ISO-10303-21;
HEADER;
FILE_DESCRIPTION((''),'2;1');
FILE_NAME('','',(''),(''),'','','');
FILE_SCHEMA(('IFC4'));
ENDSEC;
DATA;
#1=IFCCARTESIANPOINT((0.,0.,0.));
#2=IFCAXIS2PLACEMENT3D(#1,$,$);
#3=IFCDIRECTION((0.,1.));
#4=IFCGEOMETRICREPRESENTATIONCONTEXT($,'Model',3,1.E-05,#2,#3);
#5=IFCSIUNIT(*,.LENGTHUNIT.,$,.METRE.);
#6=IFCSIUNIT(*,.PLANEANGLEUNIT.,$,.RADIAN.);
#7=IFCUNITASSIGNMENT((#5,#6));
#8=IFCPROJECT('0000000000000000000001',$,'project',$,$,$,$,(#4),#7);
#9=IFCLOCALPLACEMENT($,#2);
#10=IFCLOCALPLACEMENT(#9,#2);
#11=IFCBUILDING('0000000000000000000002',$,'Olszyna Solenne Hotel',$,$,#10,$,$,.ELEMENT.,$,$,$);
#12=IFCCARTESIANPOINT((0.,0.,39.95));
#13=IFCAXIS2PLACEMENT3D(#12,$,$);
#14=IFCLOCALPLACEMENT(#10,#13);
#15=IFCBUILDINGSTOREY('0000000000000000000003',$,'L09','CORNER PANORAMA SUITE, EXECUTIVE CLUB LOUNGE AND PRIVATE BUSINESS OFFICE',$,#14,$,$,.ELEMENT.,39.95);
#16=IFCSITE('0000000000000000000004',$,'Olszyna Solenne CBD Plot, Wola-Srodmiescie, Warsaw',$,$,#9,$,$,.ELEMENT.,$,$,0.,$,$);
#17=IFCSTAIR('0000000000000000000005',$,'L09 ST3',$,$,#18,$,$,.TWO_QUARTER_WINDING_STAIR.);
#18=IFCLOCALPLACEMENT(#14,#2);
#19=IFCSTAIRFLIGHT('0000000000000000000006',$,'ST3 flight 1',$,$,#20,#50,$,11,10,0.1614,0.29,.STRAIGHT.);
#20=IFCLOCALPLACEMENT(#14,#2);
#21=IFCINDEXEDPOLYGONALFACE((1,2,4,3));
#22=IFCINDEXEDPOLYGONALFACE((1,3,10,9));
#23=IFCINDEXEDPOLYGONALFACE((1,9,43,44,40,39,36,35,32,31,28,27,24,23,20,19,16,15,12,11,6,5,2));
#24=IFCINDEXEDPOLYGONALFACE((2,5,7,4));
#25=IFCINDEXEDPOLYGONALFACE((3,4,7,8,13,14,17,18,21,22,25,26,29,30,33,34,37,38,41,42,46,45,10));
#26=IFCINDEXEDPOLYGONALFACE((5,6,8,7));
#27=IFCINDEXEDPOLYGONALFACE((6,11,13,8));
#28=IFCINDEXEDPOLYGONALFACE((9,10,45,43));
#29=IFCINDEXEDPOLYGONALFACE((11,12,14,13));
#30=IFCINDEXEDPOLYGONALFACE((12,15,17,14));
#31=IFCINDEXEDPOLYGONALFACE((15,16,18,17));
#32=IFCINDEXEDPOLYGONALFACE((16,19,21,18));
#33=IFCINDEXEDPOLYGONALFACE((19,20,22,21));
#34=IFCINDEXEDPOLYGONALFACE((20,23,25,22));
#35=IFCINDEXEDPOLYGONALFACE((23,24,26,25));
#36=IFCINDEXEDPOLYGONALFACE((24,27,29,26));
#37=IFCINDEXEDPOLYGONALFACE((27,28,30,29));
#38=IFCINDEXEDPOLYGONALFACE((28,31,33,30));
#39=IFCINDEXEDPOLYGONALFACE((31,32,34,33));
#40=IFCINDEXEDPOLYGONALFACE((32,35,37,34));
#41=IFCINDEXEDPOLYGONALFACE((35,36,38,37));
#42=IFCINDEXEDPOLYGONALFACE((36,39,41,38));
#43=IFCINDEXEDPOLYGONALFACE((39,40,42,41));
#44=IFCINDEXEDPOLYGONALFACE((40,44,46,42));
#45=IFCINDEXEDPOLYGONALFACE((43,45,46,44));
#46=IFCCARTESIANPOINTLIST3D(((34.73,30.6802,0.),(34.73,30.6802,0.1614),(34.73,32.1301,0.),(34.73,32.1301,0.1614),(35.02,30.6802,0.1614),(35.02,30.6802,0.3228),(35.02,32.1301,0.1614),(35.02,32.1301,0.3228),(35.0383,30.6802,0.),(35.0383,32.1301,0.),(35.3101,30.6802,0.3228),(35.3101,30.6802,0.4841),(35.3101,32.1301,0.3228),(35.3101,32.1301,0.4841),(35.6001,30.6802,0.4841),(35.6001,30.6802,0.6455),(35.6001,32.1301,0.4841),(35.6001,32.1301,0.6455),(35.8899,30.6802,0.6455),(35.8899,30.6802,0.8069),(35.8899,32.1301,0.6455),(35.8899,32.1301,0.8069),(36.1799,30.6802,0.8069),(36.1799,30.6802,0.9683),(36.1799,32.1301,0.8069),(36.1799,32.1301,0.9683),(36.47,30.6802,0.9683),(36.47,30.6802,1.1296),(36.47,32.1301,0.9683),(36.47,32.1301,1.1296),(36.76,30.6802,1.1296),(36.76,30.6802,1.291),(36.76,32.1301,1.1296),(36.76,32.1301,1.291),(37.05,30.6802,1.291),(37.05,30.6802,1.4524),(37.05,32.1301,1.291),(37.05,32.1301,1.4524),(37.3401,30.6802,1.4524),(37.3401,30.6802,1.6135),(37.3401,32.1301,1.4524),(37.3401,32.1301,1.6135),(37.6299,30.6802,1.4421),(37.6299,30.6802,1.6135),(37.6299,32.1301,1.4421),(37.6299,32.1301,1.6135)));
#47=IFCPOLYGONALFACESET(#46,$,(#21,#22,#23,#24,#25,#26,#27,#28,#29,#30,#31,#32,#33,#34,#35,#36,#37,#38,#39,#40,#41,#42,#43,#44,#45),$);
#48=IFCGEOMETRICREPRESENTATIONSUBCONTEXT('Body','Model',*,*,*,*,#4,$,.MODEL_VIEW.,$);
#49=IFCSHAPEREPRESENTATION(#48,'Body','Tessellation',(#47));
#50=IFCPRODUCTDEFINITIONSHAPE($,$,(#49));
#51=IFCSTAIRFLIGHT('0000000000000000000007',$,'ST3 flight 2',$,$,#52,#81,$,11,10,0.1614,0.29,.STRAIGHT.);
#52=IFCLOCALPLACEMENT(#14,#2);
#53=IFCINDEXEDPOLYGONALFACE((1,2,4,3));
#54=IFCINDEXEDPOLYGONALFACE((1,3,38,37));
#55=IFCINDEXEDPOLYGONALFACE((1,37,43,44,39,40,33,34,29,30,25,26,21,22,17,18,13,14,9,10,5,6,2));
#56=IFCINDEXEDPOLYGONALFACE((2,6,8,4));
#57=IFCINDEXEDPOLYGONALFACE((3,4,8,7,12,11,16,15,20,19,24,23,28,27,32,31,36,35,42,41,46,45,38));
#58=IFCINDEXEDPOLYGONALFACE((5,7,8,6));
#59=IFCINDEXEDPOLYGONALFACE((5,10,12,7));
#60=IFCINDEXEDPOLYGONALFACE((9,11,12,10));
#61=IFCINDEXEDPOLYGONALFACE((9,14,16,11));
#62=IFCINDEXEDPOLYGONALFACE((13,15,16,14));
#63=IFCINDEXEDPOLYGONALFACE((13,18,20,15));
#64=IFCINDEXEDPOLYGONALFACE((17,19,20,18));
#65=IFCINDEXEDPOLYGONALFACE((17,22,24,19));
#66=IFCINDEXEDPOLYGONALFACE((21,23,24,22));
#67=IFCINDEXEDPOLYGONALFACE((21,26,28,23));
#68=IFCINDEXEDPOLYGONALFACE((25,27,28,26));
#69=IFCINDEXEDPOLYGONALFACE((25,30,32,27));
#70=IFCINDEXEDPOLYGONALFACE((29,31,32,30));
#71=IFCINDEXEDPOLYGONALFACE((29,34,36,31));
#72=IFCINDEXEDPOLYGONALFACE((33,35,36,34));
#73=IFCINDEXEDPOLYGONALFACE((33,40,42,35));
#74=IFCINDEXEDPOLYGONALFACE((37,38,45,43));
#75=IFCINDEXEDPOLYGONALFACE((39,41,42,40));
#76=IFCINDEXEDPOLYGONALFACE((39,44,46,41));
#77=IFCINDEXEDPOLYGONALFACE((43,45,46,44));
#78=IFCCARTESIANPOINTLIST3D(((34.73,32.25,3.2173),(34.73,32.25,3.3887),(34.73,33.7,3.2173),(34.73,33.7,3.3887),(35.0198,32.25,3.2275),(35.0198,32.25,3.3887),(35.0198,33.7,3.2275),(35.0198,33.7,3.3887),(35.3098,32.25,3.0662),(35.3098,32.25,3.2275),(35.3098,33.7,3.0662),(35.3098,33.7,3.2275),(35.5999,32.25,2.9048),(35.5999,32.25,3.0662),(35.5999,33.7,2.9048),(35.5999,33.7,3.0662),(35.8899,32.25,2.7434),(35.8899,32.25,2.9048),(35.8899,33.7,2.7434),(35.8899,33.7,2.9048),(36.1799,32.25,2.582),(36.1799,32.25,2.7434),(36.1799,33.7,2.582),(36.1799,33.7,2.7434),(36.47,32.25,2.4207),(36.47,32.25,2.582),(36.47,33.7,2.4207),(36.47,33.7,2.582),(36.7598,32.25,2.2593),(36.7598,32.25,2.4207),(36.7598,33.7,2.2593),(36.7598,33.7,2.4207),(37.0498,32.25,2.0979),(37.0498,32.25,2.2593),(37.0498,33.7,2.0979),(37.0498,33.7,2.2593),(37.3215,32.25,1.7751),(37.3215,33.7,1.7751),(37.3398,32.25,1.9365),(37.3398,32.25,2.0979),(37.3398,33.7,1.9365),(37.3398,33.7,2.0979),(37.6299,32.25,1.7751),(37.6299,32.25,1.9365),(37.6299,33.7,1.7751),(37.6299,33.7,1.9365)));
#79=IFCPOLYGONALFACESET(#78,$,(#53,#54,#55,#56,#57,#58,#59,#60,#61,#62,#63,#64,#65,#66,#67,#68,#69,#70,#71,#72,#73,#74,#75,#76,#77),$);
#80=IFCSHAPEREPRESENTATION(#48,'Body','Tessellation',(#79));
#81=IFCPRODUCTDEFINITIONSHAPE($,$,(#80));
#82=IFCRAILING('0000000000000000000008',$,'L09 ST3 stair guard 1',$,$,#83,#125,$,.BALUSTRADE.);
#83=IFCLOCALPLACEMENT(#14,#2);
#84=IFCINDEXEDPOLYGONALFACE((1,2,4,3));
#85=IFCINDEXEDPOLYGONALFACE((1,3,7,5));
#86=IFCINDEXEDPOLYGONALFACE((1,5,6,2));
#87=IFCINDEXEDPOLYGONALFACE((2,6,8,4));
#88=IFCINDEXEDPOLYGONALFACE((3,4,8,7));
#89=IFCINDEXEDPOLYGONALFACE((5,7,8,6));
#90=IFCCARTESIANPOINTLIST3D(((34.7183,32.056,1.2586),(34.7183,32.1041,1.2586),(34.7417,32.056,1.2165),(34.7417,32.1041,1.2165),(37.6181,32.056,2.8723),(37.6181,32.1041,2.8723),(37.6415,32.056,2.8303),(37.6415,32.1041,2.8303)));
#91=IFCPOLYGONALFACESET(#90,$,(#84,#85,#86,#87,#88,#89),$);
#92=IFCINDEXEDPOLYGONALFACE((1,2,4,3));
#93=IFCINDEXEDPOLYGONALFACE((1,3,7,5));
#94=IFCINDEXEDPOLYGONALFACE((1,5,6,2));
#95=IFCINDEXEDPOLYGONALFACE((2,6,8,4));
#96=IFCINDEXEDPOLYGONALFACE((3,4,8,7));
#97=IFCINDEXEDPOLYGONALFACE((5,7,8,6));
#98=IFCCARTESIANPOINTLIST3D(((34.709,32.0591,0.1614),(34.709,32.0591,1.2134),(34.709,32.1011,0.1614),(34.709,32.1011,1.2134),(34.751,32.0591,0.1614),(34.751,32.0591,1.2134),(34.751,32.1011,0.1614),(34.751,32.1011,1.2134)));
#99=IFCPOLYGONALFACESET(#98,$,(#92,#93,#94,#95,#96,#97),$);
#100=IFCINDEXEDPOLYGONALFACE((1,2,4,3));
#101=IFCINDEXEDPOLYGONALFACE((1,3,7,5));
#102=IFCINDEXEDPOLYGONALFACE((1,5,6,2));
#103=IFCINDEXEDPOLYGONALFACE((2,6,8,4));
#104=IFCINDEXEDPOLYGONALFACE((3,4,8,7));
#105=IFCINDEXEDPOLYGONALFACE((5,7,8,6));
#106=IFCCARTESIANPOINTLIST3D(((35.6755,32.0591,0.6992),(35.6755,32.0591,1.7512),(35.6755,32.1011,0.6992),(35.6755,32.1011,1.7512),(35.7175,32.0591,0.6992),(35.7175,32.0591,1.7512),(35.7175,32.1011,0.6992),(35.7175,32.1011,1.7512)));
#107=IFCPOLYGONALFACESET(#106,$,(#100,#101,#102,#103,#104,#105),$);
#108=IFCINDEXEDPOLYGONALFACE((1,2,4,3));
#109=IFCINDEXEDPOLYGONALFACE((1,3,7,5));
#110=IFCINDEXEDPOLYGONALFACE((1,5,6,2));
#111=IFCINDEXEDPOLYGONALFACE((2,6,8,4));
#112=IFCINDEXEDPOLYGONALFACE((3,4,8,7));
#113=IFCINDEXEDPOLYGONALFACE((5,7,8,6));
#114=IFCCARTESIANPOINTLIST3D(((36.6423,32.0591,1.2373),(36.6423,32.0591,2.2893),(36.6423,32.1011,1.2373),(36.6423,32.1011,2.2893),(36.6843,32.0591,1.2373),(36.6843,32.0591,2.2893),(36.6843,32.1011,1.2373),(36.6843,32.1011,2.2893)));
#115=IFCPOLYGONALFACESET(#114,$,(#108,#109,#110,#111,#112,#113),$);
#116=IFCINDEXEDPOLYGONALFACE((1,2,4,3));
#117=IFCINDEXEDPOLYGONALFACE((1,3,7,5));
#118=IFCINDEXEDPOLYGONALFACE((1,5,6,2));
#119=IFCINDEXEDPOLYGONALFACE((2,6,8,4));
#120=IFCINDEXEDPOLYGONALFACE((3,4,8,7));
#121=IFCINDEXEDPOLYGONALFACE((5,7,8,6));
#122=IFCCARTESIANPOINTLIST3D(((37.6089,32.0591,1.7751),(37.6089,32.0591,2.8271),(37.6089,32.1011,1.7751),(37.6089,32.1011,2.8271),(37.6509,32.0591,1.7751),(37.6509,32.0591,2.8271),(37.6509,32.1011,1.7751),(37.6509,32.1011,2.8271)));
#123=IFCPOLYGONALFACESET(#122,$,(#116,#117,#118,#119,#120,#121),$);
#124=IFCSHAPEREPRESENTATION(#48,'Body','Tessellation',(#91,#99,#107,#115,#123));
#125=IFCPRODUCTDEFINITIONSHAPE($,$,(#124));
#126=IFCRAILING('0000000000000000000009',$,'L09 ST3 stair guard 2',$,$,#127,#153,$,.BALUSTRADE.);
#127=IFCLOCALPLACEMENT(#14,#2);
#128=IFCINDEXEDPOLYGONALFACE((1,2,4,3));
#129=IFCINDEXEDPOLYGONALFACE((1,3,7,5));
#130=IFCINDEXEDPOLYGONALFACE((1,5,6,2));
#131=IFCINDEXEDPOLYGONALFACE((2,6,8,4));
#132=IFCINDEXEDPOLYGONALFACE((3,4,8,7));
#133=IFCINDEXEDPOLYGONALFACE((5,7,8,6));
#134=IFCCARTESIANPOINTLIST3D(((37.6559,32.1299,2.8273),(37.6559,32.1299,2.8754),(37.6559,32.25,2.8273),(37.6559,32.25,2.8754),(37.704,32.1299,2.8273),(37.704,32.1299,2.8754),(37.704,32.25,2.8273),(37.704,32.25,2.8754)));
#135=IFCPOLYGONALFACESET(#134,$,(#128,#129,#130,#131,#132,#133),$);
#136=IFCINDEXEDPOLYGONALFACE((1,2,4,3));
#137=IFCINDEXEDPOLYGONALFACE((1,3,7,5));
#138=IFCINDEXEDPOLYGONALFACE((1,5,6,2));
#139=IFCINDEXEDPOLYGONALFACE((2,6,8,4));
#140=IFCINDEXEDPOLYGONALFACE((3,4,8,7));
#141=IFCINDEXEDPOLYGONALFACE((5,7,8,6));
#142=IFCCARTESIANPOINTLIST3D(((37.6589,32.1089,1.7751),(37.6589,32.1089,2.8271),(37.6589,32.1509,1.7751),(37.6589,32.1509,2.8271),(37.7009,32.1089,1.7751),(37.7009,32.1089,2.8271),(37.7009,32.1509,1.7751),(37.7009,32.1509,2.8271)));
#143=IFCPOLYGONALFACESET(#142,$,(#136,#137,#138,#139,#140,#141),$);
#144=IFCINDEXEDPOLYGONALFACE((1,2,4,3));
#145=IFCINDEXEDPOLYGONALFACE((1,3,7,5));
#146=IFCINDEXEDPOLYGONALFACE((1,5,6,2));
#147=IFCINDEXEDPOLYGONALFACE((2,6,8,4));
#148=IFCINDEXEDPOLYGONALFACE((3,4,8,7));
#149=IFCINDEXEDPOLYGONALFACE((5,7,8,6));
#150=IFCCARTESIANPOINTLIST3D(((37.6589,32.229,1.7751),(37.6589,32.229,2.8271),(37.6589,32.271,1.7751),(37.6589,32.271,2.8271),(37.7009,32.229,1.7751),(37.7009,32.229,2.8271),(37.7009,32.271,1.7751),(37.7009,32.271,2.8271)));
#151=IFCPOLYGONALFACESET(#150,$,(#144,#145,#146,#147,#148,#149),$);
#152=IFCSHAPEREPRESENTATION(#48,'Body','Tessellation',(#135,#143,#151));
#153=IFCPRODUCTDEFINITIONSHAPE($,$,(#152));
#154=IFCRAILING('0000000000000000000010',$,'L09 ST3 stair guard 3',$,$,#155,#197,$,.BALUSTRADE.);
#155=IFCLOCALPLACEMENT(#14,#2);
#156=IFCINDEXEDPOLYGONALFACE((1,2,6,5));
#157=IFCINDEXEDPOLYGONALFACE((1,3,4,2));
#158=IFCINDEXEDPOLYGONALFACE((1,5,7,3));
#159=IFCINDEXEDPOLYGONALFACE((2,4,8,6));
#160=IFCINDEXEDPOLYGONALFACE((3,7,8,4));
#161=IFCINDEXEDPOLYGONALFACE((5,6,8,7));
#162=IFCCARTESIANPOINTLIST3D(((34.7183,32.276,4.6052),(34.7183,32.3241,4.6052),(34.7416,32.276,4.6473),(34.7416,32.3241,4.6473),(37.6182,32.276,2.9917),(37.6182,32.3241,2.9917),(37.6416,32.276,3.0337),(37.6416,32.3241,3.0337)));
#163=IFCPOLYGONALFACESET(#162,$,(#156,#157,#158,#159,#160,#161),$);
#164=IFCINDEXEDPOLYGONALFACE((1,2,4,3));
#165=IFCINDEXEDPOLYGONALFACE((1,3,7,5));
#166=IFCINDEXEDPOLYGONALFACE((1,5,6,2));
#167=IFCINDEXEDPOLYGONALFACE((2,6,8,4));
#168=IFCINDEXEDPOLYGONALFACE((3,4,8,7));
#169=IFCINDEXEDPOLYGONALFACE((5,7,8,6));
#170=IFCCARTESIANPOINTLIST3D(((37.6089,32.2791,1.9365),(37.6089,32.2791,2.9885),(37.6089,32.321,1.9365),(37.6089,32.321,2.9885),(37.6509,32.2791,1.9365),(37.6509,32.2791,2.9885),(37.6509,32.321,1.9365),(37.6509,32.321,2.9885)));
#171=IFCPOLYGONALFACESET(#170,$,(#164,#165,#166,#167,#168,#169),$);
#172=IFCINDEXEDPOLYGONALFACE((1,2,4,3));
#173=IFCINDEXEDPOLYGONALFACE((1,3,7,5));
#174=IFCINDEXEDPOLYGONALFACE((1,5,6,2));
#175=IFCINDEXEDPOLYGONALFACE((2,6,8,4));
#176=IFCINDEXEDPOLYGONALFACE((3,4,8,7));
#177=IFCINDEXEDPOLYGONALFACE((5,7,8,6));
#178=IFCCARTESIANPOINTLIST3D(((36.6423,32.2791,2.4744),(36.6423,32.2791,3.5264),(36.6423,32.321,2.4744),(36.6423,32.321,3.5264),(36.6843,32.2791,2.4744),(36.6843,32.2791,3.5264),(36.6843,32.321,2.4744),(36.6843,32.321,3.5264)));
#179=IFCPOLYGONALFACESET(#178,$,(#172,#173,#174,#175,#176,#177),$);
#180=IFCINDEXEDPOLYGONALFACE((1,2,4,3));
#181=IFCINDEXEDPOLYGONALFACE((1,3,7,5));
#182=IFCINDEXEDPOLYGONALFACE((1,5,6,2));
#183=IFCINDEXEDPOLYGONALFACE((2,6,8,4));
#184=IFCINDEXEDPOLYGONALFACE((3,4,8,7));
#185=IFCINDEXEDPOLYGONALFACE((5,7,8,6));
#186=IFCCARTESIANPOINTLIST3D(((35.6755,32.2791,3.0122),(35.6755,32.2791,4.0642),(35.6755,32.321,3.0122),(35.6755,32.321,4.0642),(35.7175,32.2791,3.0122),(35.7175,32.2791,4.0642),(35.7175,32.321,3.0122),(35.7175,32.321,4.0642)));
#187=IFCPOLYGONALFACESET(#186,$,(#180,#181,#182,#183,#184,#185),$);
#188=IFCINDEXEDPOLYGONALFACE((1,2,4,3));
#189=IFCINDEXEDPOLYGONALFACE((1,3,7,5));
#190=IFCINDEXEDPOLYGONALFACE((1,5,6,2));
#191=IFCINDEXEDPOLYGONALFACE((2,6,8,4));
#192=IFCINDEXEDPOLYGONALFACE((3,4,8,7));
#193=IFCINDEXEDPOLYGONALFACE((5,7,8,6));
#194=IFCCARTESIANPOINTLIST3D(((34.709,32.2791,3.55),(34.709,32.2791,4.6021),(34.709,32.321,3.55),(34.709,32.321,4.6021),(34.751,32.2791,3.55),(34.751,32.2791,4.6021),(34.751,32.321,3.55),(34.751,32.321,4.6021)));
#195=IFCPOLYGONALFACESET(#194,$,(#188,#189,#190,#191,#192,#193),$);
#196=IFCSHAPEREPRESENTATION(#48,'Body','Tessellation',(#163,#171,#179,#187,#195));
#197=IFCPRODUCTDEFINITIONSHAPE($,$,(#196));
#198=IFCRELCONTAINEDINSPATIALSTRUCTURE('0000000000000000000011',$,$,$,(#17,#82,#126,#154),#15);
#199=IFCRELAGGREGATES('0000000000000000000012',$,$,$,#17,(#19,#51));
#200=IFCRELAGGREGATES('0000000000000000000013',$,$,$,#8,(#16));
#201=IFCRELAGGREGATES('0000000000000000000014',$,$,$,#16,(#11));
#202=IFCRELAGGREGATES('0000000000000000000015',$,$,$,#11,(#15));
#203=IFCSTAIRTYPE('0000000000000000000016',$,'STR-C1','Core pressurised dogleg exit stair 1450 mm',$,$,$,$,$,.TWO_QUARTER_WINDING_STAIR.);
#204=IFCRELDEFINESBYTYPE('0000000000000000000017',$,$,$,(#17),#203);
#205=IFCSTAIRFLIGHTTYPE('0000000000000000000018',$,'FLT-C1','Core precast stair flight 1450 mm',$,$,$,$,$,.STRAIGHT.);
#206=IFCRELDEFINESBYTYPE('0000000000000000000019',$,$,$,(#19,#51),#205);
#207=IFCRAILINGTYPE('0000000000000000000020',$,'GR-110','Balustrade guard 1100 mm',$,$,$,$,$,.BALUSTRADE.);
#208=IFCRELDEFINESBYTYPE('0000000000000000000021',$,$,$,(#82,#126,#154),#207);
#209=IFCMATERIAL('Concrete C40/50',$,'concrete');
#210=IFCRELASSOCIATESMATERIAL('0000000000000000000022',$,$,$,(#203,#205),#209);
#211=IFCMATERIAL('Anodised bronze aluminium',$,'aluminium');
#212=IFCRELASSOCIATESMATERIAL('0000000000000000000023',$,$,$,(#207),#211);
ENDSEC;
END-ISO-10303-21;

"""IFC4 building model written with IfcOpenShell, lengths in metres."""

from ifc_helpers import new_model, si_unit, direction, frame, origin, origin_2d, place, context, subcontext, project, spatial, polyline, rectangle, outline, extrude, material, type_object, element, aggregate, save


model = new_model("IFC4")

# Units and contexts
model_context = context("Model", 3, precision=1e-05, world=origin(), true_north=direction((0.0, 1.0)))
body_context = subcontext(model_context, "Body", "Model", "MODEL_VIEW")
ifc_project = project(units=[si_unit("LENGTHUNIT", "METRE"), si_unit("PLANEANGLEUNIT", "RADIAN")], contexts=[model_context])

# Site, building, storey
site_placement = place(None, origin())
site = spatial("IfcSite", under=ifc_project, at=site_placement, Name="Olszyna Solenne CBD Plot, Wola-Srodmiescie, Warsaw", CompositionType="ELEMENT", RefElevation=0.0)
building_placement = place(site_placement, origin())
building = spatial("IfcBuilding", under=site, at=building_placement, Name="Olszyna Solenne Hotel", CompositionType="ELEMENT")
storey_placement = place(building_placement, frame((0.0, 0.0, 39.95)))
storey = spatial("IfcBuildingStorey", under=building, at=storey_placement, Name="L09", Description="CORNER PANORAMA SUITE, EXECUTIVE CLUB LOUNGE AND PRIVATE BUSINESS OFFICE", CompositionType="ELEMENT", Elevation=39.95)

# Shared definitions
ifc_material_1 = material(Name="Anodised bronze aluminium", Category="aluminium")

# Stair, stair flights
ifc_material_2 = material(Name="Concrete C40/50", Category="concrete")
stair_type = type_object("IfcStairType", Name="STR-C1", Description="Core pressurised dogleg exit stair 1450 mm", PredefinedType="TWO_QUARTER_WINDING_STAIR", material=ifc_material_2)
stair_placement = place(storey_placement, origin())
stair = element("IfcStair", 1, at=stair_placement, inside=storey, type_object=stair_type, Name="L09 ST3", PredefinedType="TWO_QUARTER_WINDING_STAIR")
stair_flight_type = type_object("IfcStairFlightType", Name="FLT-C1", Description="Core precast stair flight 1450 mm", PredefinedType="STRAIGHT", material=ifc_material_2)
stair_flight_1_placement = place(storey_placement, frame((34.73, 31.405, 0.0), z_axis=(0.0, 0.0, 1.0), x_axis=(1.0, 0.0, 0.0)))
stair_flight_1 = element("IfcStairFlight", 2, at=stair_flight_1_placement, type_object=stair_flight_type, Name="ST3 flight 1", NumberOfRisers=11, NumberOfTreads=10, PredefinedType="STRAIGHT", RiserHeight=0.1614, TreadLength=0.29, context=body_context, shape_type="SweptSolid", body=[
    extrude(outline(polyline([(0.0, 0.0), (0.0, 0.1614), (0.29, 0.1614), (0.29, 0.3228), (0.5801, 0.3228), (0.5801, 0.4841), (0.8701, 0.4841), (0.8701, 0.6455), (1.1599, 0.6455), (1.1599, 0.8069), (1.45, 0.8069), (1.45, 0.9683), (1.74, 0.9683), (1.74, 1.1296), (2.03, 1.1296), (2.03, 1.291), (2.3201, 1.291), (2.3201, 1.4524), (2.6101, 1.4524), (2.6101, 1.6135), (2.8999, 1.6135), (2.8999, 1.7749), (2.8999, 1.4421), (0.3083, 0.0), (0.0, 0.0)])), frame((0.0, 0.7251, 0.0), z_axis=(0.0, -1.0, 0.0), x_axis=(1.0, 0.0, 0.0)), (0.0, 0.0, 1.0), 1.45),
])
stair_flight_2_placement = place(storey_placement, frame((37.6299, 32.9751, 1.7751), z_axis=(0.0, 0.0, 1.0), x_axis=(-1.0, 0.0, 0.0)))
stair_flight_2 = element("IfcStairFlight", 3, at=stair_flight_2_placement, type_object=stair_flight_type, Name="ST3 flight 2", NumberOfRisers=11, NumberOfTreads=10, PredefinedType="STRAIGHT", RiserHeight=0.1614, TreadLength=0.29, context=body_context, shape_type="SweptSolid", body=[
    extrude(outline(polyline([(0.0, 0.0), (0.0, 0.1614), (0.29, 0.1614), (0.29, 0.3228), (0.5801, 0.3228), (0.5801, 0.4841), (0.8701, 0.4841), (0.8701, 0.6455), (1.1599, 0.6455), (1.1599, 0.8069), (1.45, 0.8069), (1.45, 0.9683), (1.74, 0.9683), (1.74, 1.1296), (2.03, 1.1296), (2.03, 1.291), (2.3201, 1.291), (2.3201, 1.4524), (2.6101, 1.4524), (2.6101, 1.6135), (2.8999, 1.6135), (2.8999, 1.7749), (2.8999, 1.4421), (0.3083, 0.0), (0.0, 0.0)])), frame((0.0, 0.7251, 0.0), z_axis=(0.0, -1.0, 0.0), x_axis=(1.0, 0.0, 0.0)), (0.0, 0.0, 1.0), 1.45),
])
aggregate(stair, [stair_flight_1, stair_flight_2])

# Railings
railing_type_1 = type_object("IfcRailingType", Name="GR-110", Description="Balustrade guard 1100 mm", PredefinedType="BALUSTRADE", material=ifc_material_1)
railing_1_placement = place(storey_placement, frame((34.73, 32.0801, 0.1614)))
element("IfcRailing", 4, at=railing_1_placement, inside=storey, type_object=railing_type_1, Name="L09 ST3 stair guard 1", PredefinedType="BALUSTRADE", context=body_context, shape_type="SweptSolid", body=[
    extrude(rectangle(XDim=0.0481, YDim=0.0481, at=origin_2d()), frame((0.0, 0.0, 1.0762), z_axis=(0.87381, 0.0, 0.486267), x_axis=(0.0, 1.0, 0.0)), (0.0, 0.0, 1.0), 3.3186),
    extrude(rectangle(XDim=0.042, YDim=0.042, at=origin_2d()), origin(), (0.0, 0.0, 1.0), 1.052),
    extrude(rectangle(XDim=0.042, YDim=0.042, at=origin_2d()), frame((0.9666, 0.0, 0.5378)), (0.0, 0.0, 1.0), 1.052),
    extrude(rectangle(XDim=0.042, YDim=0.042, at=origin_2d()), frame((1.9333, 0.0, 1.0759)), (0.0, 0.0, 1.0), 1.052),
    extrude(rectangle(XDim=0.042, YDim=0.042, at=origin_2d()), frame((2.8999, 0.0, 1.6138)), (0.0, 0.0, 1.0), 1.052),
])
railing_2_placement = place(storey_placement, frame((37.6799, 32.1299, 1.7751)))
element("IfcRailing", 5, at=railing_2_placement, inside=storey, type_object=railing_type_1, Name="L09 ST3 stair guard 2", PredefinedType="BALUSTRADE", context=body_context, shape_type="SweptSolid", body=[
    extrude(rectangle(XDim=0.0481, YDim=0.0481, at=origin_2d()), frame((0.0, 0.0, 1.0762), z_axis=(0.0, 1.0, 0.0), x_axis=(-1.0, 0.0, 0.0)), (0.0, 0.0, 1.0), 0.1201),
    extrude(rectangle(XDim=0.042, YDim=0.042, at=origin_2d()), origin(), (0.0, 0.0, 1.0), 1.052),
    extrude(rectangle(XDim=0.042, YDim=0.042, at=origin_2d()), frame((0.0, 0.1201, 0.0)), (0.0, 0.0, 1.0), 1.052),
])
railing_3_placement = place(storey_placement, frame((37.6299, 32.3, 1.9365)))
element("IfcRailing", 6, at=railing_3_placement, inside=storey, type_object=railing_type_1, Name="L09 ST3 stair guard 3", PredefinedType="BALUSTRADE", context=body_context, shape_type="SweptSolid", body=[
    extrude(rectangle(XDim=0.0481, YDim=0.0481, at=origin_2d()), frame((0.0, 0.0, 1.0762), z_axis=(-0.873841, 0.0, 0.486211), x_axis=(0.0, -1.0, 0.0)), (0.0, 0.0, 1.0), 3.3186),
    extrude(rectangle(XDim=0.042, YDim=0.042, at=origin_2d()), origin(), (0.0, 0.0, 1.0), 1.052),
    extrude(rectangle(XDim=0.042, YDim=0.042, at=origin_2d()), frame((-0.9666, 0.0, 0.5378)), (0.0, 0.0, 1.0), 1.052),
    extrude(rectangle(XDim=0.042, YDim=0.042, at=origin_2d()), frame((-1.9333, 0.0, 1.0757)), (0.0, 0.0, 1.0), 1.052),
    extrude(rectangle(XDim=0.042, YDim=0.042, at=origin_2d()), frame((-2.8999, 0.0, 1.6135)), (0.0, 0.0, 1.0), 1.052),
])

save(model, "model.ifc")
